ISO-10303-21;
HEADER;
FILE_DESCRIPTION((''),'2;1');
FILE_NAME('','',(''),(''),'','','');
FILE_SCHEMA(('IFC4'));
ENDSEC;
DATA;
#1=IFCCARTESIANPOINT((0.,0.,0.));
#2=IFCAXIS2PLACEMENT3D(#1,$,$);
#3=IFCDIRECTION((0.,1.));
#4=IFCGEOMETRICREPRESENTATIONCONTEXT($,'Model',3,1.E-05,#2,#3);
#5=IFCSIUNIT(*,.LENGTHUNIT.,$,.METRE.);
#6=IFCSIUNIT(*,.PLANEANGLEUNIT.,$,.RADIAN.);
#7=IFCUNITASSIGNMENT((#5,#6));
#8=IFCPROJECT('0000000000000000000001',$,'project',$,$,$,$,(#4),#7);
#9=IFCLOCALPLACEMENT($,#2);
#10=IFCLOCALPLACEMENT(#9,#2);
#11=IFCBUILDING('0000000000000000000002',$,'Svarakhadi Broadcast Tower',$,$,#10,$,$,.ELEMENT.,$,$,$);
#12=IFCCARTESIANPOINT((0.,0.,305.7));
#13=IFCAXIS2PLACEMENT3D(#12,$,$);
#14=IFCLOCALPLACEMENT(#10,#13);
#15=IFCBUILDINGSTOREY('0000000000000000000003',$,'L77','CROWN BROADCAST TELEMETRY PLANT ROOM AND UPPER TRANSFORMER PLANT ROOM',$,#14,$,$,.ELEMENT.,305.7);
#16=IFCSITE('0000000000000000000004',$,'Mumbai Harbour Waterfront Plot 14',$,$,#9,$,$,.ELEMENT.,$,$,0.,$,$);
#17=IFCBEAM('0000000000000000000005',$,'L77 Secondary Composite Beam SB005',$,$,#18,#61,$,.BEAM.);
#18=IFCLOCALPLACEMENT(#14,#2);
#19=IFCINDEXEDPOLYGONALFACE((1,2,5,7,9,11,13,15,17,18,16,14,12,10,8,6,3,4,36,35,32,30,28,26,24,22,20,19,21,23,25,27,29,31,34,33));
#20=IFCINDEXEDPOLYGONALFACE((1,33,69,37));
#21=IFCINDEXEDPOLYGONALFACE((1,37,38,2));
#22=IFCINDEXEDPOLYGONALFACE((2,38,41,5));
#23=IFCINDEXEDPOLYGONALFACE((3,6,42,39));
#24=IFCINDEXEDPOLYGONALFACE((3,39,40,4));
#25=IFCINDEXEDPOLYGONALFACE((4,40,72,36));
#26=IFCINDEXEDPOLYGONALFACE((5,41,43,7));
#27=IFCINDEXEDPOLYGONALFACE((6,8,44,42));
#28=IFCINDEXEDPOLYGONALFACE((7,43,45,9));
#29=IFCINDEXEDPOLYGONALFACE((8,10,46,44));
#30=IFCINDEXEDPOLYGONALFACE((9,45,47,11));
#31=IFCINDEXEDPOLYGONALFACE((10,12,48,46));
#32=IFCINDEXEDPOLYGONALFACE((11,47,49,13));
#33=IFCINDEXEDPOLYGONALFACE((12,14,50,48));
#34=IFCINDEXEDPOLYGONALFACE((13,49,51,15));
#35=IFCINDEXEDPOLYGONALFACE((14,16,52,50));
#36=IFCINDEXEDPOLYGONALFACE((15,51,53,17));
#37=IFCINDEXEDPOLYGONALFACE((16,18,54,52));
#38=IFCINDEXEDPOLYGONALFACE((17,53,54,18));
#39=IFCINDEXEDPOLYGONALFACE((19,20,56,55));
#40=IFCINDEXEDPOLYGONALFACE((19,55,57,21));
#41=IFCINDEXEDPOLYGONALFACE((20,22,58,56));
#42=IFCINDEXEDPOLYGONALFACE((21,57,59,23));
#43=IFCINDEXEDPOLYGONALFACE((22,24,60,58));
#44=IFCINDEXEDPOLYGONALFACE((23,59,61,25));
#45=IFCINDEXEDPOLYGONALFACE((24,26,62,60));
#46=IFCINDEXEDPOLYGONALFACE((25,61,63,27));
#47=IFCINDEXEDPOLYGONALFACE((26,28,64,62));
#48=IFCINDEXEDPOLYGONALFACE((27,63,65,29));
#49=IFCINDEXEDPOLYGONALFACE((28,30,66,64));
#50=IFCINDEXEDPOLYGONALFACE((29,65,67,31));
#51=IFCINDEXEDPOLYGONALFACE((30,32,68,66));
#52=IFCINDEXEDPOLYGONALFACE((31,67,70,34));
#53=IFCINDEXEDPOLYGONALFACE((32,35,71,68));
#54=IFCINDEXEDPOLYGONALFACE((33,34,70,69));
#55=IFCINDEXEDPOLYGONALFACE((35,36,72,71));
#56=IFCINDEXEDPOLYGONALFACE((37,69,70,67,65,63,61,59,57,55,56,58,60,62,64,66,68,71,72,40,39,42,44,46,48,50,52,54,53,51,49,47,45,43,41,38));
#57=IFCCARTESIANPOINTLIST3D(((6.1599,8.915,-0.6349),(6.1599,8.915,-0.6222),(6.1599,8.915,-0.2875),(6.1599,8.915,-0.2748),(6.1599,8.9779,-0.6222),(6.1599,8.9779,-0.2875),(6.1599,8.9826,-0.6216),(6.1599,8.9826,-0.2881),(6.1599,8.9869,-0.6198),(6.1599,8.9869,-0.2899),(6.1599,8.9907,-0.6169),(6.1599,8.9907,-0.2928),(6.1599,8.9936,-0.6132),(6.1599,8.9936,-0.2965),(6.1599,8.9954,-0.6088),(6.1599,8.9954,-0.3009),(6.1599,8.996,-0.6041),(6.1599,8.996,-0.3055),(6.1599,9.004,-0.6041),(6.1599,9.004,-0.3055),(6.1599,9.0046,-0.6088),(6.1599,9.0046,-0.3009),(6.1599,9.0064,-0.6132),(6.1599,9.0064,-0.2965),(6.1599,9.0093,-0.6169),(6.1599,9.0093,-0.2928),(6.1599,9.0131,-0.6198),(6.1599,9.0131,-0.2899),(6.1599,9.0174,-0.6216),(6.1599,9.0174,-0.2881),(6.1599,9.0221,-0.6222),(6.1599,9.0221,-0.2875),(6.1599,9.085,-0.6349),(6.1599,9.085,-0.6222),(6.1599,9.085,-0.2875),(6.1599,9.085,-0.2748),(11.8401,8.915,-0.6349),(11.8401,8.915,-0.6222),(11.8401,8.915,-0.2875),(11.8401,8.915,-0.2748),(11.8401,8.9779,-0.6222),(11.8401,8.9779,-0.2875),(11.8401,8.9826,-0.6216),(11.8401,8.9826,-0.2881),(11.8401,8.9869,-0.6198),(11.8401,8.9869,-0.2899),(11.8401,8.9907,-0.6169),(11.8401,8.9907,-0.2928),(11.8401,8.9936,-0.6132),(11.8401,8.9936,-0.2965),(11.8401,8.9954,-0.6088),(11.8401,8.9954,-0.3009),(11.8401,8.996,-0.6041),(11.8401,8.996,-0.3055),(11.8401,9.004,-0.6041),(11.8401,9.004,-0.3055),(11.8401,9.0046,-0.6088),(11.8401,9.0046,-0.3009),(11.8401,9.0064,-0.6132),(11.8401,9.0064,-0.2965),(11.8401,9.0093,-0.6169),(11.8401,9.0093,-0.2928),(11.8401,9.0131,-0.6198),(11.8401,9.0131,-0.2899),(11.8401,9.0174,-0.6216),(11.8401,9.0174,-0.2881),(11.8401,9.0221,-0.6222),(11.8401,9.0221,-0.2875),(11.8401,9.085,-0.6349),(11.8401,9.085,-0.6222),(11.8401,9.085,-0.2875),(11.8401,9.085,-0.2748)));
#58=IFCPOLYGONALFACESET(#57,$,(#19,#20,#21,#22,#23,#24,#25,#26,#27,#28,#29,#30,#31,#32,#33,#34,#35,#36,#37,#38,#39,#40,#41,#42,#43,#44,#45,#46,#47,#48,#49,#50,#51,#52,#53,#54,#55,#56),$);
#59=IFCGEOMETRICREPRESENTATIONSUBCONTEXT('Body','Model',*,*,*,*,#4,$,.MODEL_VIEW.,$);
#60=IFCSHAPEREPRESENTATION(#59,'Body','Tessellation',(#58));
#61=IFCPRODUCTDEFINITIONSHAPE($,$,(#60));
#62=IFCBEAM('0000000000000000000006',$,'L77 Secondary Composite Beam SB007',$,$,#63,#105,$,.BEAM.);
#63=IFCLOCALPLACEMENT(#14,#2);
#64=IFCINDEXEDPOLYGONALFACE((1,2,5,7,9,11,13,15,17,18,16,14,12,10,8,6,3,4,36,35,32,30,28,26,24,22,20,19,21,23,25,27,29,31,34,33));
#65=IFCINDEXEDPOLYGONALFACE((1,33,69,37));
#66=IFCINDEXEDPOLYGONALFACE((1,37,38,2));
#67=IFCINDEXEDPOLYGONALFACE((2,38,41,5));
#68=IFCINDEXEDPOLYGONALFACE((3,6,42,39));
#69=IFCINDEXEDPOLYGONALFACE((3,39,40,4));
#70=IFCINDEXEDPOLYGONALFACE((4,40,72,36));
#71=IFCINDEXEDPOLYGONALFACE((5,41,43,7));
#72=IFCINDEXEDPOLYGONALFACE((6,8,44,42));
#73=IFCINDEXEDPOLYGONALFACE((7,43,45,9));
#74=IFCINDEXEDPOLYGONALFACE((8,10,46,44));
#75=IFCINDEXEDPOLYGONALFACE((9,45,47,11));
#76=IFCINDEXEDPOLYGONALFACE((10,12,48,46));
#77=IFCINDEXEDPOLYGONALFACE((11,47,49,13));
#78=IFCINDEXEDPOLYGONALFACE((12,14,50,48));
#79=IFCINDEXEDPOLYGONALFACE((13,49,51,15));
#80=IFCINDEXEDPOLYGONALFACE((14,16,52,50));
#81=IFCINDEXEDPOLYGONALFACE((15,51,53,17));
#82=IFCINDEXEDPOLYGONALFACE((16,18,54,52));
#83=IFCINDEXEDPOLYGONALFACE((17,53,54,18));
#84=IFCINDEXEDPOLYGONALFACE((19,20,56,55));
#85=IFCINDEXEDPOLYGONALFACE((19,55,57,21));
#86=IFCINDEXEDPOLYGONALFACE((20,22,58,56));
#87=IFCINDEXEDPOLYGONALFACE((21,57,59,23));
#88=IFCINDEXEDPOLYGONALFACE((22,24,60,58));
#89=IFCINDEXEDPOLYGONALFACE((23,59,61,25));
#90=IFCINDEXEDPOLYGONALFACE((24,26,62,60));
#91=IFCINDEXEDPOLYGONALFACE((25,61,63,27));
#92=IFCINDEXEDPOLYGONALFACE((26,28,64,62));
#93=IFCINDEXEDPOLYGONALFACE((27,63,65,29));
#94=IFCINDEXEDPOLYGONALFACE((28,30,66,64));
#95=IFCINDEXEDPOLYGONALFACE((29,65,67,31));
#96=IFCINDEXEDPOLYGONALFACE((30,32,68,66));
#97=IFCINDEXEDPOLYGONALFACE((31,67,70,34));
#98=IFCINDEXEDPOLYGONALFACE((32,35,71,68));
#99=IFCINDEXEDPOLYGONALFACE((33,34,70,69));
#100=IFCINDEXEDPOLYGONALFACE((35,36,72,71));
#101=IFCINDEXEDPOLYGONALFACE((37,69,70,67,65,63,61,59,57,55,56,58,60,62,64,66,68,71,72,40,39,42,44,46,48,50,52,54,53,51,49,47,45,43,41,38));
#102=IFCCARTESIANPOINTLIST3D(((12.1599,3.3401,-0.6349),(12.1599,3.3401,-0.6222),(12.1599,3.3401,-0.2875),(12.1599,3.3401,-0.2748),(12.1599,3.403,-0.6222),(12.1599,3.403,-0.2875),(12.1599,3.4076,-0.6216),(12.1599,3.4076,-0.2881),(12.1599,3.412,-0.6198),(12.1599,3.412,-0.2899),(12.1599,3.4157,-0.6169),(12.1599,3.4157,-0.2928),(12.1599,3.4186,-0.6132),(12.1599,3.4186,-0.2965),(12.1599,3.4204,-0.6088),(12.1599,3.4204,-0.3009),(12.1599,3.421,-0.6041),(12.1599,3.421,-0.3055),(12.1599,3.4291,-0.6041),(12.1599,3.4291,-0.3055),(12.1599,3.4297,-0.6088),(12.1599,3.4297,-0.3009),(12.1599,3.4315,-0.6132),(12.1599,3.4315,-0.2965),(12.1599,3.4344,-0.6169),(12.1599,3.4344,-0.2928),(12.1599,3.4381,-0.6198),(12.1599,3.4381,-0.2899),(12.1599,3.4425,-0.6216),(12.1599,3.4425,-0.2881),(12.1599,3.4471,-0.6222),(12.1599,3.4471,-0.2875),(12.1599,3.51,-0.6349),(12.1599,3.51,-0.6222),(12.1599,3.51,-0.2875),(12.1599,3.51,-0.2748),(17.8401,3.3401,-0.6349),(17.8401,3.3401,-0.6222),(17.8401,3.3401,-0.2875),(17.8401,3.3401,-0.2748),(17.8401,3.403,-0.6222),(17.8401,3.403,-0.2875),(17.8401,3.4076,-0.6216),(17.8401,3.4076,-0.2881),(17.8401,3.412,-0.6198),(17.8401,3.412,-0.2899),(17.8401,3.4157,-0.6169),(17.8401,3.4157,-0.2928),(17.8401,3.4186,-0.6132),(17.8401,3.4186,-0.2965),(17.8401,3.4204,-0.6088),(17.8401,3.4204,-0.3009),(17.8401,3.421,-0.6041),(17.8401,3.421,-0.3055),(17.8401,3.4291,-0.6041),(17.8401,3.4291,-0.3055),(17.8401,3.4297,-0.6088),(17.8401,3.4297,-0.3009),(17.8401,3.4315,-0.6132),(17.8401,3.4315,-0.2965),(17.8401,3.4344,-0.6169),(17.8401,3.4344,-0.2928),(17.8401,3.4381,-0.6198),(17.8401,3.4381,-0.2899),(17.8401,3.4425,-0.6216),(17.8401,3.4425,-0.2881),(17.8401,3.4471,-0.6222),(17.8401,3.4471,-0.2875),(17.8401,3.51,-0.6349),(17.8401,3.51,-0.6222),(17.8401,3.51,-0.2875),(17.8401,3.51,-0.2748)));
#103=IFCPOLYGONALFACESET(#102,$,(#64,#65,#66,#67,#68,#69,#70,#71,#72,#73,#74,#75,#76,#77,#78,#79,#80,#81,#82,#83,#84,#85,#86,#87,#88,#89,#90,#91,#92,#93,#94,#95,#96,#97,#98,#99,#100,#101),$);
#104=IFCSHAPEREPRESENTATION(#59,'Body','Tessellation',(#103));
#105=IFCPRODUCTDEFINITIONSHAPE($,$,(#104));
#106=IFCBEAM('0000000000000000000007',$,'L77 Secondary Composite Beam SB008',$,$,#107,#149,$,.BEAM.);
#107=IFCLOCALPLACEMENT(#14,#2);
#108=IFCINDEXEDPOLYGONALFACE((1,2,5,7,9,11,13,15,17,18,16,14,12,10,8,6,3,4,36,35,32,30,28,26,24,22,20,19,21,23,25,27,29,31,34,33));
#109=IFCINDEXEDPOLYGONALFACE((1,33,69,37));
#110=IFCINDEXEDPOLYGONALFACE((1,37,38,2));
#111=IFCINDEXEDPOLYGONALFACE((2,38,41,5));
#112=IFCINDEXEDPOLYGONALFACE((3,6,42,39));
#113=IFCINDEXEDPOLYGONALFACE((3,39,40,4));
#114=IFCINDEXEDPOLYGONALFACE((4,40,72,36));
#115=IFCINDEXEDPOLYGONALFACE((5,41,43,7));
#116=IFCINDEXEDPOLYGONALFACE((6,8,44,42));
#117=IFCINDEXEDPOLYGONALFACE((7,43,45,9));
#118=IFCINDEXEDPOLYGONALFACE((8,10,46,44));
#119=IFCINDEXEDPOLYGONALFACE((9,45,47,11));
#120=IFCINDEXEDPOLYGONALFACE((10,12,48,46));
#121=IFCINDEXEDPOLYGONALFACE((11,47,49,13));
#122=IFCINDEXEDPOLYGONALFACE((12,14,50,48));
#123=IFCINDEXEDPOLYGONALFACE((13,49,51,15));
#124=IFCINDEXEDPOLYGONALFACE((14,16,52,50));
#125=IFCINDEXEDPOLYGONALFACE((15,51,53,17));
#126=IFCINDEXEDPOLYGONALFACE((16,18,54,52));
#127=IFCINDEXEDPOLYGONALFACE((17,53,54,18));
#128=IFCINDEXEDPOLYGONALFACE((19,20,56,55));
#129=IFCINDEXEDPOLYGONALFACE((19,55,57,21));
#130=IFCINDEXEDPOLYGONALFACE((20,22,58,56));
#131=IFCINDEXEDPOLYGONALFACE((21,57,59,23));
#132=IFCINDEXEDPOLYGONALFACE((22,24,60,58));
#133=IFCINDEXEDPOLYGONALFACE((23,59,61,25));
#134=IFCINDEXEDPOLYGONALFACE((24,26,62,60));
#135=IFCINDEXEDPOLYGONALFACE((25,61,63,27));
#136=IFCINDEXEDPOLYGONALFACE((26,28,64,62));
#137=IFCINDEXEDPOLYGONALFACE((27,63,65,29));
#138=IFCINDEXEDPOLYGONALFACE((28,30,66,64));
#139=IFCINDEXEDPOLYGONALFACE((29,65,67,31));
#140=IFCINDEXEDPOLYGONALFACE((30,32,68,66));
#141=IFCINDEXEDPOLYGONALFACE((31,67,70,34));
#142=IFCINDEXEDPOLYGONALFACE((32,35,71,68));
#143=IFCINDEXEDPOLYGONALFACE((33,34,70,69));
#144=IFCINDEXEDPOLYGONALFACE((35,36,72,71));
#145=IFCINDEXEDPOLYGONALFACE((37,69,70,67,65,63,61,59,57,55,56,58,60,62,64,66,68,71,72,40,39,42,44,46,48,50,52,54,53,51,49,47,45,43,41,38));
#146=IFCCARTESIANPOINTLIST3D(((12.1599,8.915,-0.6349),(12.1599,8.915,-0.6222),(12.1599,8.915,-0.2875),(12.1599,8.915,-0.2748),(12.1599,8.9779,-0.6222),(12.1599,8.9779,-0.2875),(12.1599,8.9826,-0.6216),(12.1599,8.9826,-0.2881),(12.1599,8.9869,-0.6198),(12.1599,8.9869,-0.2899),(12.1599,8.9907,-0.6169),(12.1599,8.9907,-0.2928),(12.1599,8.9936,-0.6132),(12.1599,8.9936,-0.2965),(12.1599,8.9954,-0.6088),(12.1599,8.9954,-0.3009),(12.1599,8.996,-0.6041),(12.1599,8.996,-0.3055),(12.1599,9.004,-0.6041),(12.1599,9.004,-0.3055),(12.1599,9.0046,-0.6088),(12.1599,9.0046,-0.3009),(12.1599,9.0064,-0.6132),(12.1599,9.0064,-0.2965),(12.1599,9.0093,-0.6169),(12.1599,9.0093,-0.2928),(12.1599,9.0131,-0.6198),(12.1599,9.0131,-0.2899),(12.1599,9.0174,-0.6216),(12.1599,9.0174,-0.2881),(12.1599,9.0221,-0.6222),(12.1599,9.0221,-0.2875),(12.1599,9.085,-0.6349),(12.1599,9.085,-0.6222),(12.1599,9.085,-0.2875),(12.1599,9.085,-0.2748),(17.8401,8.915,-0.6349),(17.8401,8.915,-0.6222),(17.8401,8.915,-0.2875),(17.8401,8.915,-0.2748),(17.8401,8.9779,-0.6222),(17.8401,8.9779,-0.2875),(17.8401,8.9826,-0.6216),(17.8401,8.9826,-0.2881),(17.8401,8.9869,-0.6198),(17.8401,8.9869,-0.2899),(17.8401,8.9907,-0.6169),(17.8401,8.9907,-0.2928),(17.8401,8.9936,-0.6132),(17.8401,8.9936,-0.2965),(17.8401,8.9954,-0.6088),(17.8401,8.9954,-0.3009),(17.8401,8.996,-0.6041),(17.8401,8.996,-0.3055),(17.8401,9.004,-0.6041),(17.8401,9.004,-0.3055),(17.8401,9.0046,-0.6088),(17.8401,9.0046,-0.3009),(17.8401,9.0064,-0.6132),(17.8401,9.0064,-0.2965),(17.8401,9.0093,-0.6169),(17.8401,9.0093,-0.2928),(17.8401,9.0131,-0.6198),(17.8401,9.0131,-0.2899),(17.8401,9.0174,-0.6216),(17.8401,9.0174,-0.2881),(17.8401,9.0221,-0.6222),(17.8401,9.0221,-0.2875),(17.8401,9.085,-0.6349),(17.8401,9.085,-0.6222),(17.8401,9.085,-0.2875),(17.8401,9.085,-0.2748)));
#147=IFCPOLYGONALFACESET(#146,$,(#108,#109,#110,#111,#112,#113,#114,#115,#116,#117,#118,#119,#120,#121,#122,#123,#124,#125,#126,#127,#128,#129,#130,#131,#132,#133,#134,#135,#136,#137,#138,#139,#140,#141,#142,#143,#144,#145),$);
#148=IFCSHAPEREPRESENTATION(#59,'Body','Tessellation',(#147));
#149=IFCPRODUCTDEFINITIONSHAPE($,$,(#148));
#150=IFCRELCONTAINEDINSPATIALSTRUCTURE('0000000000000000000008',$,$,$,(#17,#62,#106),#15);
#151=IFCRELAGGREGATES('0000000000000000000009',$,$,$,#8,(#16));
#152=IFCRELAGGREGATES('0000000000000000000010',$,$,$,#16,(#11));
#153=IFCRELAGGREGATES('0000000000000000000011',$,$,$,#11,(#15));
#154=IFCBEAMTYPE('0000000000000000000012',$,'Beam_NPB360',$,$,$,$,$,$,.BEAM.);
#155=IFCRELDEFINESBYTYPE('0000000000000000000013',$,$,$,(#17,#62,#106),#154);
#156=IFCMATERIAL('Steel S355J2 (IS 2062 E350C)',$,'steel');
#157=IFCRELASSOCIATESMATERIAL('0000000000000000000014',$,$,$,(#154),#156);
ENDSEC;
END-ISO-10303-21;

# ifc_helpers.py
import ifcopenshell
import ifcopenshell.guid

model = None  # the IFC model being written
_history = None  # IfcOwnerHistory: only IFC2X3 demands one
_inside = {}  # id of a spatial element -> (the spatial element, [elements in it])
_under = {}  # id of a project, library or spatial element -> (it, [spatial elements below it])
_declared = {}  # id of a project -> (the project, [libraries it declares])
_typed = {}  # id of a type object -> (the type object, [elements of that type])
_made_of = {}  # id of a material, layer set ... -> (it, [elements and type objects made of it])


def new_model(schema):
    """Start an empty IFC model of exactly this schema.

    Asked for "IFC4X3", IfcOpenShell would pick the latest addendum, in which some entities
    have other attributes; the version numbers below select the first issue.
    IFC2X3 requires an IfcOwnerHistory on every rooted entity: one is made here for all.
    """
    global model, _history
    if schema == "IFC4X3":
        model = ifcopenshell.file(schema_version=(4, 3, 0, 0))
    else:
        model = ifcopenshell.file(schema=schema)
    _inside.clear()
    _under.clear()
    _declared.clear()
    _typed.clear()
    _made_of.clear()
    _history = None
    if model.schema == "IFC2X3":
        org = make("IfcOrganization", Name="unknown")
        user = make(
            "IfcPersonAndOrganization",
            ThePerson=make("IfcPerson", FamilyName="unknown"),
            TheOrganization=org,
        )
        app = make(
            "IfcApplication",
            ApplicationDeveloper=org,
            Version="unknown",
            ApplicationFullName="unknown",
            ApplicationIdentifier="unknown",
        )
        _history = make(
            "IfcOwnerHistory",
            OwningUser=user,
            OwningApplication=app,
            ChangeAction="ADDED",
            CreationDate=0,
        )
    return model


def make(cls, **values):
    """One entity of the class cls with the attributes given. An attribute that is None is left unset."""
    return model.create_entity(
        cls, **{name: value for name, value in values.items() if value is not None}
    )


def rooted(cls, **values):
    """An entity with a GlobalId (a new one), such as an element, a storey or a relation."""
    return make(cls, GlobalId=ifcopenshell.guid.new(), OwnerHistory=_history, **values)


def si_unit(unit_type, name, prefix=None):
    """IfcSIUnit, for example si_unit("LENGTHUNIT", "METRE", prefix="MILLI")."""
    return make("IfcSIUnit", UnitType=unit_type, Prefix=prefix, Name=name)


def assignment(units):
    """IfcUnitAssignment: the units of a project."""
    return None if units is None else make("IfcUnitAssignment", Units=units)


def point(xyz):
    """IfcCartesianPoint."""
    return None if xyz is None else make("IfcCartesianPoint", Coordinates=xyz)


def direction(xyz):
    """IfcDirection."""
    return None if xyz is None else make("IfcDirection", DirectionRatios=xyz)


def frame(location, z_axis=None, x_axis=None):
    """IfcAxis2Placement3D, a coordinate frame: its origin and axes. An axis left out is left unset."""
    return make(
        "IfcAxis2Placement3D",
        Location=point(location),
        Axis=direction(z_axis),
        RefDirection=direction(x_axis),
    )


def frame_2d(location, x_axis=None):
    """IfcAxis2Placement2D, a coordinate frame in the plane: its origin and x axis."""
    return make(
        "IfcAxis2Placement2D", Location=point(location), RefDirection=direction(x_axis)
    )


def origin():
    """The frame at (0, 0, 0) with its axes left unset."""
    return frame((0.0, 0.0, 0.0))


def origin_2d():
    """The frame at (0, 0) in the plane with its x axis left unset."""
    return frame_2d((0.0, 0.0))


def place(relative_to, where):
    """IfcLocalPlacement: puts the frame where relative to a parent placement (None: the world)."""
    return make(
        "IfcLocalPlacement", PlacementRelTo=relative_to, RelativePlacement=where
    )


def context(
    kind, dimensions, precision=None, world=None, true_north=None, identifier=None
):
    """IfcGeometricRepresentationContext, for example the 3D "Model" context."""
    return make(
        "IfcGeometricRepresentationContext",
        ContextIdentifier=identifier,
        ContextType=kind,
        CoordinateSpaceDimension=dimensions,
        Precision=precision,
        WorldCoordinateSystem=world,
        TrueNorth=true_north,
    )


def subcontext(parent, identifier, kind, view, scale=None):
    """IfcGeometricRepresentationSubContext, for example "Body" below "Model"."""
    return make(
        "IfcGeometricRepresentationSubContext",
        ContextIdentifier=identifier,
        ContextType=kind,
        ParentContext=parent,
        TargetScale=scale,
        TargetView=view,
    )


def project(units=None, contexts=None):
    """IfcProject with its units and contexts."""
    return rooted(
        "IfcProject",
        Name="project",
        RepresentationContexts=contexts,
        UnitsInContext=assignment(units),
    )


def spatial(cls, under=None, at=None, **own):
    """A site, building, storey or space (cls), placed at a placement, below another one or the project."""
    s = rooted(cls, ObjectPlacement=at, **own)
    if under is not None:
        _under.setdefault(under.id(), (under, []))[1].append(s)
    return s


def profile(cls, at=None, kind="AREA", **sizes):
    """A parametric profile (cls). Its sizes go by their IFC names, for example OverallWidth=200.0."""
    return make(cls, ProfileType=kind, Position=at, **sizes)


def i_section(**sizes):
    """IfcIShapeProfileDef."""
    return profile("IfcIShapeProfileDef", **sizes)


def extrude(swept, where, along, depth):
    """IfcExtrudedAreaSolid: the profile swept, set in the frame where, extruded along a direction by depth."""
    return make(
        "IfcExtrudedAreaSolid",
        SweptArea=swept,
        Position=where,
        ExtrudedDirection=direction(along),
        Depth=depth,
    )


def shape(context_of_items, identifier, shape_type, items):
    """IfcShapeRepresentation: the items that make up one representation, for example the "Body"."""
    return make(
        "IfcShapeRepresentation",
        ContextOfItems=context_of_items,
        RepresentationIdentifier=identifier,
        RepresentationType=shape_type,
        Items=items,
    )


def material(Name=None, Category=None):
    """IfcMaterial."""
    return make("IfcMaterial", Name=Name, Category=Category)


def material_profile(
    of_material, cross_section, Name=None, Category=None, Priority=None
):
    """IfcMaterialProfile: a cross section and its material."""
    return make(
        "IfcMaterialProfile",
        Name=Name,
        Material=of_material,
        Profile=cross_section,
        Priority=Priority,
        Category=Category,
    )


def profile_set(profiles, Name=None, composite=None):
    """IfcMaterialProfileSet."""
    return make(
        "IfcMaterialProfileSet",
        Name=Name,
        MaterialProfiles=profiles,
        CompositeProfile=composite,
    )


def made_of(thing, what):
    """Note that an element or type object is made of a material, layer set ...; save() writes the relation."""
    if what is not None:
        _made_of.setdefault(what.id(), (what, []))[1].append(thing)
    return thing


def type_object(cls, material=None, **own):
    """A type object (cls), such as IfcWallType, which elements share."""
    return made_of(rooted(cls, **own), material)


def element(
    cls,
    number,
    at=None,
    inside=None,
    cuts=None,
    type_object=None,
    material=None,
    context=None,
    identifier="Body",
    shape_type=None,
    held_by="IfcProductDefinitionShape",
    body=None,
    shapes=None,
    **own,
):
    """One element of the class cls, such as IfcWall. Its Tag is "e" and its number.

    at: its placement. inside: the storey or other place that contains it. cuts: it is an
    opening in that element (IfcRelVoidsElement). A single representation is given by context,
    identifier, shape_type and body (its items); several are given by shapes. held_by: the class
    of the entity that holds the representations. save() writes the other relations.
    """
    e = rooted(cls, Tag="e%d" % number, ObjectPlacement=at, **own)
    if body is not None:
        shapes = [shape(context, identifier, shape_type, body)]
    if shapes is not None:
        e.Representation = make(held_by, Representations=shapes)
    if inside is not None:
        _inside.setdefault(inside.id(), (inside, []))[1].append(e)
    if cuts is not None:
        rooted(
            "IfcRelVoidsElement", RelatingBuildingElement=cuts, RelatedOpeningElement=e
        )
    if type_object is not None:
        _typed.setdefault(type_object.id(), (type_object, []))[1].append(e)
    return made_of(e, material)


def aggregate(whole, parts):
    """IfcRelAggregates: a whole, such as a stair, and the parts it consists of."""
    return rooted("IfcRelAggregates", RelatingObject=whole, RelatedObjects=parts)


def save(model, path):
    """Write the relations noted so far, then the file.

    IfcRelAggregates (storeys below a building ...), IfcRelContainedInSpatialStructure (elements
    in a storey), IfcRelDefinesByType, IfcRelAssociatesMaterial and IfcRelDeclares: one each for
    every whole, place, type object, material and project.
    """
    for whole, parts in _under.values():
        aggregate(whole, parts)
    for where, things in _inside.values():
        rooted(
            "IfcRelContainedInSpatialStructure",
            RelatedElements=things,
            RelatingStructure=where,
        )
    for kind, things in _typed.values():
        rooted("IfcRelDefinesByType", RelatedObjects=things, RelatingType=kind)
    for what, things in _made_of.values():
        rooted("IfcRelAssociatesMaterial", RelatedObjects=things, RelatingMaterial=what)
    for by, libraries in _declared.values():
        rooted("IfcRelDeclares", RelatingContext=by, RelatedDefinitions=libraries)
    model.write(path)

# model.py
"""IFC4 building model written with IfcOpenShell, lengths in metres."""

from ifc_helpers import new_model, si_unit, direction, frame, origin, origin_2d, place, context, subcontext, project, spatial, i_section, extrude, material, material_profile, profile_set, type_object, element, save


model = new_model("IFC4")

# Units and contexts
model_context = context("Model", 3, precision=1e-05, world=origin(), true_north=direction((0.0, 1.0)))
body_context = subcontext(model_context, "Body", "Model", "MODEL_VIEW")
ifc_project = project(units=[si_unit("LENGTHUNIT", "METRE"), si_unit("PLANEANGLEUNIT", "RADIAN")], contexts=[model_context])

# Site, building, storey
site_placement = place(None, origin())
site = spatial("IfcSite", under=ifc_project, at=site_placement, Name="Mumbai Harbour Waterfront Plot 14", CompositionType="ELEMENT", RefElevation=0.0)
building_placement = place(site_placement, origin())
building = spatial("IfcBuilding", under=site, at=building_placement, Name="Svarakhadi Broadcast Tower", CompositionType="ELEMENT")
storey_placement = place(building_placement, frame((0.0, 0.0, 305.7)))
storey = spatial("IfcBuildingStorey", under=building, at=storey_placement, Name="L77", Description="CROWN BROADCAST TELEMETRY PLANT ROOM AND UPPER TRANSFORMER PLANT ROOM", CompositionType="ELEMENT", Elevation=305.7)

# Beams
ifc_material_1 = material(Name="Steel S355J2 (IS 2062 E350C)", Category="steel")
ifc_material_profile_1 = material_profile(ifc_material_1, i_section(OverallWidth=0.1699, OverallDepth=0.3601, WebThickness=0.0081, FlangeThickness=0.0127, FilletRadius=0.0181, at=origin_2d()), Name="NPB 360x170x57")
ifc_profile_set_1 = profile_set([ifc_material_profile_1], Name="Steel S355J2 (IS 2062 E350C)")
beam_type_1 = type_object("IfcBeamType", Name="Beam_NPB360", PredefinedType="BEAM", material=ifc_profile_set_1)
for number, where, z_axis, x_axis, name in (
    (1, (6.1599, 9.0, -0.4548), (1.0, 0.0, 0.0), (0.0, 1.0, 0.0), "L77 Secondary Composite Beam SB005"),
    (2, (12.1599, 3.425, -0.4548), (1.0, 0.0, 0.0), (0.0, 1.0, 0.0), "L77 Secondary Composite Beam SB007"),
    (3, (12.1599, 9.0, -0.4548), (1.0, 0.0, 0.0), (0.0, 1.0, 0.0), "L77 Secondary Composite Beam SB008"),
):
    element("IfcBeam", number, at=place(storey_placement, frame(where, z_axis=z_axis, x_axis=x_axis)), inside=storey, type_object=beam_type_1, Name=name, PredefinedType="BEAM", context=body_context, shape_type="SweptSolid", body=[
        extrude(i_section(OverallWidth=0.1699, OverallDepth=0.3601, WebThickness=0.0081, FlangeThickness=0.0127, FilletRadius=0.0181, at=origin_2d()), origin(), (0.0, 0.0, 1.0), 5.6802),
    ])

save(model, "model.ifc")
